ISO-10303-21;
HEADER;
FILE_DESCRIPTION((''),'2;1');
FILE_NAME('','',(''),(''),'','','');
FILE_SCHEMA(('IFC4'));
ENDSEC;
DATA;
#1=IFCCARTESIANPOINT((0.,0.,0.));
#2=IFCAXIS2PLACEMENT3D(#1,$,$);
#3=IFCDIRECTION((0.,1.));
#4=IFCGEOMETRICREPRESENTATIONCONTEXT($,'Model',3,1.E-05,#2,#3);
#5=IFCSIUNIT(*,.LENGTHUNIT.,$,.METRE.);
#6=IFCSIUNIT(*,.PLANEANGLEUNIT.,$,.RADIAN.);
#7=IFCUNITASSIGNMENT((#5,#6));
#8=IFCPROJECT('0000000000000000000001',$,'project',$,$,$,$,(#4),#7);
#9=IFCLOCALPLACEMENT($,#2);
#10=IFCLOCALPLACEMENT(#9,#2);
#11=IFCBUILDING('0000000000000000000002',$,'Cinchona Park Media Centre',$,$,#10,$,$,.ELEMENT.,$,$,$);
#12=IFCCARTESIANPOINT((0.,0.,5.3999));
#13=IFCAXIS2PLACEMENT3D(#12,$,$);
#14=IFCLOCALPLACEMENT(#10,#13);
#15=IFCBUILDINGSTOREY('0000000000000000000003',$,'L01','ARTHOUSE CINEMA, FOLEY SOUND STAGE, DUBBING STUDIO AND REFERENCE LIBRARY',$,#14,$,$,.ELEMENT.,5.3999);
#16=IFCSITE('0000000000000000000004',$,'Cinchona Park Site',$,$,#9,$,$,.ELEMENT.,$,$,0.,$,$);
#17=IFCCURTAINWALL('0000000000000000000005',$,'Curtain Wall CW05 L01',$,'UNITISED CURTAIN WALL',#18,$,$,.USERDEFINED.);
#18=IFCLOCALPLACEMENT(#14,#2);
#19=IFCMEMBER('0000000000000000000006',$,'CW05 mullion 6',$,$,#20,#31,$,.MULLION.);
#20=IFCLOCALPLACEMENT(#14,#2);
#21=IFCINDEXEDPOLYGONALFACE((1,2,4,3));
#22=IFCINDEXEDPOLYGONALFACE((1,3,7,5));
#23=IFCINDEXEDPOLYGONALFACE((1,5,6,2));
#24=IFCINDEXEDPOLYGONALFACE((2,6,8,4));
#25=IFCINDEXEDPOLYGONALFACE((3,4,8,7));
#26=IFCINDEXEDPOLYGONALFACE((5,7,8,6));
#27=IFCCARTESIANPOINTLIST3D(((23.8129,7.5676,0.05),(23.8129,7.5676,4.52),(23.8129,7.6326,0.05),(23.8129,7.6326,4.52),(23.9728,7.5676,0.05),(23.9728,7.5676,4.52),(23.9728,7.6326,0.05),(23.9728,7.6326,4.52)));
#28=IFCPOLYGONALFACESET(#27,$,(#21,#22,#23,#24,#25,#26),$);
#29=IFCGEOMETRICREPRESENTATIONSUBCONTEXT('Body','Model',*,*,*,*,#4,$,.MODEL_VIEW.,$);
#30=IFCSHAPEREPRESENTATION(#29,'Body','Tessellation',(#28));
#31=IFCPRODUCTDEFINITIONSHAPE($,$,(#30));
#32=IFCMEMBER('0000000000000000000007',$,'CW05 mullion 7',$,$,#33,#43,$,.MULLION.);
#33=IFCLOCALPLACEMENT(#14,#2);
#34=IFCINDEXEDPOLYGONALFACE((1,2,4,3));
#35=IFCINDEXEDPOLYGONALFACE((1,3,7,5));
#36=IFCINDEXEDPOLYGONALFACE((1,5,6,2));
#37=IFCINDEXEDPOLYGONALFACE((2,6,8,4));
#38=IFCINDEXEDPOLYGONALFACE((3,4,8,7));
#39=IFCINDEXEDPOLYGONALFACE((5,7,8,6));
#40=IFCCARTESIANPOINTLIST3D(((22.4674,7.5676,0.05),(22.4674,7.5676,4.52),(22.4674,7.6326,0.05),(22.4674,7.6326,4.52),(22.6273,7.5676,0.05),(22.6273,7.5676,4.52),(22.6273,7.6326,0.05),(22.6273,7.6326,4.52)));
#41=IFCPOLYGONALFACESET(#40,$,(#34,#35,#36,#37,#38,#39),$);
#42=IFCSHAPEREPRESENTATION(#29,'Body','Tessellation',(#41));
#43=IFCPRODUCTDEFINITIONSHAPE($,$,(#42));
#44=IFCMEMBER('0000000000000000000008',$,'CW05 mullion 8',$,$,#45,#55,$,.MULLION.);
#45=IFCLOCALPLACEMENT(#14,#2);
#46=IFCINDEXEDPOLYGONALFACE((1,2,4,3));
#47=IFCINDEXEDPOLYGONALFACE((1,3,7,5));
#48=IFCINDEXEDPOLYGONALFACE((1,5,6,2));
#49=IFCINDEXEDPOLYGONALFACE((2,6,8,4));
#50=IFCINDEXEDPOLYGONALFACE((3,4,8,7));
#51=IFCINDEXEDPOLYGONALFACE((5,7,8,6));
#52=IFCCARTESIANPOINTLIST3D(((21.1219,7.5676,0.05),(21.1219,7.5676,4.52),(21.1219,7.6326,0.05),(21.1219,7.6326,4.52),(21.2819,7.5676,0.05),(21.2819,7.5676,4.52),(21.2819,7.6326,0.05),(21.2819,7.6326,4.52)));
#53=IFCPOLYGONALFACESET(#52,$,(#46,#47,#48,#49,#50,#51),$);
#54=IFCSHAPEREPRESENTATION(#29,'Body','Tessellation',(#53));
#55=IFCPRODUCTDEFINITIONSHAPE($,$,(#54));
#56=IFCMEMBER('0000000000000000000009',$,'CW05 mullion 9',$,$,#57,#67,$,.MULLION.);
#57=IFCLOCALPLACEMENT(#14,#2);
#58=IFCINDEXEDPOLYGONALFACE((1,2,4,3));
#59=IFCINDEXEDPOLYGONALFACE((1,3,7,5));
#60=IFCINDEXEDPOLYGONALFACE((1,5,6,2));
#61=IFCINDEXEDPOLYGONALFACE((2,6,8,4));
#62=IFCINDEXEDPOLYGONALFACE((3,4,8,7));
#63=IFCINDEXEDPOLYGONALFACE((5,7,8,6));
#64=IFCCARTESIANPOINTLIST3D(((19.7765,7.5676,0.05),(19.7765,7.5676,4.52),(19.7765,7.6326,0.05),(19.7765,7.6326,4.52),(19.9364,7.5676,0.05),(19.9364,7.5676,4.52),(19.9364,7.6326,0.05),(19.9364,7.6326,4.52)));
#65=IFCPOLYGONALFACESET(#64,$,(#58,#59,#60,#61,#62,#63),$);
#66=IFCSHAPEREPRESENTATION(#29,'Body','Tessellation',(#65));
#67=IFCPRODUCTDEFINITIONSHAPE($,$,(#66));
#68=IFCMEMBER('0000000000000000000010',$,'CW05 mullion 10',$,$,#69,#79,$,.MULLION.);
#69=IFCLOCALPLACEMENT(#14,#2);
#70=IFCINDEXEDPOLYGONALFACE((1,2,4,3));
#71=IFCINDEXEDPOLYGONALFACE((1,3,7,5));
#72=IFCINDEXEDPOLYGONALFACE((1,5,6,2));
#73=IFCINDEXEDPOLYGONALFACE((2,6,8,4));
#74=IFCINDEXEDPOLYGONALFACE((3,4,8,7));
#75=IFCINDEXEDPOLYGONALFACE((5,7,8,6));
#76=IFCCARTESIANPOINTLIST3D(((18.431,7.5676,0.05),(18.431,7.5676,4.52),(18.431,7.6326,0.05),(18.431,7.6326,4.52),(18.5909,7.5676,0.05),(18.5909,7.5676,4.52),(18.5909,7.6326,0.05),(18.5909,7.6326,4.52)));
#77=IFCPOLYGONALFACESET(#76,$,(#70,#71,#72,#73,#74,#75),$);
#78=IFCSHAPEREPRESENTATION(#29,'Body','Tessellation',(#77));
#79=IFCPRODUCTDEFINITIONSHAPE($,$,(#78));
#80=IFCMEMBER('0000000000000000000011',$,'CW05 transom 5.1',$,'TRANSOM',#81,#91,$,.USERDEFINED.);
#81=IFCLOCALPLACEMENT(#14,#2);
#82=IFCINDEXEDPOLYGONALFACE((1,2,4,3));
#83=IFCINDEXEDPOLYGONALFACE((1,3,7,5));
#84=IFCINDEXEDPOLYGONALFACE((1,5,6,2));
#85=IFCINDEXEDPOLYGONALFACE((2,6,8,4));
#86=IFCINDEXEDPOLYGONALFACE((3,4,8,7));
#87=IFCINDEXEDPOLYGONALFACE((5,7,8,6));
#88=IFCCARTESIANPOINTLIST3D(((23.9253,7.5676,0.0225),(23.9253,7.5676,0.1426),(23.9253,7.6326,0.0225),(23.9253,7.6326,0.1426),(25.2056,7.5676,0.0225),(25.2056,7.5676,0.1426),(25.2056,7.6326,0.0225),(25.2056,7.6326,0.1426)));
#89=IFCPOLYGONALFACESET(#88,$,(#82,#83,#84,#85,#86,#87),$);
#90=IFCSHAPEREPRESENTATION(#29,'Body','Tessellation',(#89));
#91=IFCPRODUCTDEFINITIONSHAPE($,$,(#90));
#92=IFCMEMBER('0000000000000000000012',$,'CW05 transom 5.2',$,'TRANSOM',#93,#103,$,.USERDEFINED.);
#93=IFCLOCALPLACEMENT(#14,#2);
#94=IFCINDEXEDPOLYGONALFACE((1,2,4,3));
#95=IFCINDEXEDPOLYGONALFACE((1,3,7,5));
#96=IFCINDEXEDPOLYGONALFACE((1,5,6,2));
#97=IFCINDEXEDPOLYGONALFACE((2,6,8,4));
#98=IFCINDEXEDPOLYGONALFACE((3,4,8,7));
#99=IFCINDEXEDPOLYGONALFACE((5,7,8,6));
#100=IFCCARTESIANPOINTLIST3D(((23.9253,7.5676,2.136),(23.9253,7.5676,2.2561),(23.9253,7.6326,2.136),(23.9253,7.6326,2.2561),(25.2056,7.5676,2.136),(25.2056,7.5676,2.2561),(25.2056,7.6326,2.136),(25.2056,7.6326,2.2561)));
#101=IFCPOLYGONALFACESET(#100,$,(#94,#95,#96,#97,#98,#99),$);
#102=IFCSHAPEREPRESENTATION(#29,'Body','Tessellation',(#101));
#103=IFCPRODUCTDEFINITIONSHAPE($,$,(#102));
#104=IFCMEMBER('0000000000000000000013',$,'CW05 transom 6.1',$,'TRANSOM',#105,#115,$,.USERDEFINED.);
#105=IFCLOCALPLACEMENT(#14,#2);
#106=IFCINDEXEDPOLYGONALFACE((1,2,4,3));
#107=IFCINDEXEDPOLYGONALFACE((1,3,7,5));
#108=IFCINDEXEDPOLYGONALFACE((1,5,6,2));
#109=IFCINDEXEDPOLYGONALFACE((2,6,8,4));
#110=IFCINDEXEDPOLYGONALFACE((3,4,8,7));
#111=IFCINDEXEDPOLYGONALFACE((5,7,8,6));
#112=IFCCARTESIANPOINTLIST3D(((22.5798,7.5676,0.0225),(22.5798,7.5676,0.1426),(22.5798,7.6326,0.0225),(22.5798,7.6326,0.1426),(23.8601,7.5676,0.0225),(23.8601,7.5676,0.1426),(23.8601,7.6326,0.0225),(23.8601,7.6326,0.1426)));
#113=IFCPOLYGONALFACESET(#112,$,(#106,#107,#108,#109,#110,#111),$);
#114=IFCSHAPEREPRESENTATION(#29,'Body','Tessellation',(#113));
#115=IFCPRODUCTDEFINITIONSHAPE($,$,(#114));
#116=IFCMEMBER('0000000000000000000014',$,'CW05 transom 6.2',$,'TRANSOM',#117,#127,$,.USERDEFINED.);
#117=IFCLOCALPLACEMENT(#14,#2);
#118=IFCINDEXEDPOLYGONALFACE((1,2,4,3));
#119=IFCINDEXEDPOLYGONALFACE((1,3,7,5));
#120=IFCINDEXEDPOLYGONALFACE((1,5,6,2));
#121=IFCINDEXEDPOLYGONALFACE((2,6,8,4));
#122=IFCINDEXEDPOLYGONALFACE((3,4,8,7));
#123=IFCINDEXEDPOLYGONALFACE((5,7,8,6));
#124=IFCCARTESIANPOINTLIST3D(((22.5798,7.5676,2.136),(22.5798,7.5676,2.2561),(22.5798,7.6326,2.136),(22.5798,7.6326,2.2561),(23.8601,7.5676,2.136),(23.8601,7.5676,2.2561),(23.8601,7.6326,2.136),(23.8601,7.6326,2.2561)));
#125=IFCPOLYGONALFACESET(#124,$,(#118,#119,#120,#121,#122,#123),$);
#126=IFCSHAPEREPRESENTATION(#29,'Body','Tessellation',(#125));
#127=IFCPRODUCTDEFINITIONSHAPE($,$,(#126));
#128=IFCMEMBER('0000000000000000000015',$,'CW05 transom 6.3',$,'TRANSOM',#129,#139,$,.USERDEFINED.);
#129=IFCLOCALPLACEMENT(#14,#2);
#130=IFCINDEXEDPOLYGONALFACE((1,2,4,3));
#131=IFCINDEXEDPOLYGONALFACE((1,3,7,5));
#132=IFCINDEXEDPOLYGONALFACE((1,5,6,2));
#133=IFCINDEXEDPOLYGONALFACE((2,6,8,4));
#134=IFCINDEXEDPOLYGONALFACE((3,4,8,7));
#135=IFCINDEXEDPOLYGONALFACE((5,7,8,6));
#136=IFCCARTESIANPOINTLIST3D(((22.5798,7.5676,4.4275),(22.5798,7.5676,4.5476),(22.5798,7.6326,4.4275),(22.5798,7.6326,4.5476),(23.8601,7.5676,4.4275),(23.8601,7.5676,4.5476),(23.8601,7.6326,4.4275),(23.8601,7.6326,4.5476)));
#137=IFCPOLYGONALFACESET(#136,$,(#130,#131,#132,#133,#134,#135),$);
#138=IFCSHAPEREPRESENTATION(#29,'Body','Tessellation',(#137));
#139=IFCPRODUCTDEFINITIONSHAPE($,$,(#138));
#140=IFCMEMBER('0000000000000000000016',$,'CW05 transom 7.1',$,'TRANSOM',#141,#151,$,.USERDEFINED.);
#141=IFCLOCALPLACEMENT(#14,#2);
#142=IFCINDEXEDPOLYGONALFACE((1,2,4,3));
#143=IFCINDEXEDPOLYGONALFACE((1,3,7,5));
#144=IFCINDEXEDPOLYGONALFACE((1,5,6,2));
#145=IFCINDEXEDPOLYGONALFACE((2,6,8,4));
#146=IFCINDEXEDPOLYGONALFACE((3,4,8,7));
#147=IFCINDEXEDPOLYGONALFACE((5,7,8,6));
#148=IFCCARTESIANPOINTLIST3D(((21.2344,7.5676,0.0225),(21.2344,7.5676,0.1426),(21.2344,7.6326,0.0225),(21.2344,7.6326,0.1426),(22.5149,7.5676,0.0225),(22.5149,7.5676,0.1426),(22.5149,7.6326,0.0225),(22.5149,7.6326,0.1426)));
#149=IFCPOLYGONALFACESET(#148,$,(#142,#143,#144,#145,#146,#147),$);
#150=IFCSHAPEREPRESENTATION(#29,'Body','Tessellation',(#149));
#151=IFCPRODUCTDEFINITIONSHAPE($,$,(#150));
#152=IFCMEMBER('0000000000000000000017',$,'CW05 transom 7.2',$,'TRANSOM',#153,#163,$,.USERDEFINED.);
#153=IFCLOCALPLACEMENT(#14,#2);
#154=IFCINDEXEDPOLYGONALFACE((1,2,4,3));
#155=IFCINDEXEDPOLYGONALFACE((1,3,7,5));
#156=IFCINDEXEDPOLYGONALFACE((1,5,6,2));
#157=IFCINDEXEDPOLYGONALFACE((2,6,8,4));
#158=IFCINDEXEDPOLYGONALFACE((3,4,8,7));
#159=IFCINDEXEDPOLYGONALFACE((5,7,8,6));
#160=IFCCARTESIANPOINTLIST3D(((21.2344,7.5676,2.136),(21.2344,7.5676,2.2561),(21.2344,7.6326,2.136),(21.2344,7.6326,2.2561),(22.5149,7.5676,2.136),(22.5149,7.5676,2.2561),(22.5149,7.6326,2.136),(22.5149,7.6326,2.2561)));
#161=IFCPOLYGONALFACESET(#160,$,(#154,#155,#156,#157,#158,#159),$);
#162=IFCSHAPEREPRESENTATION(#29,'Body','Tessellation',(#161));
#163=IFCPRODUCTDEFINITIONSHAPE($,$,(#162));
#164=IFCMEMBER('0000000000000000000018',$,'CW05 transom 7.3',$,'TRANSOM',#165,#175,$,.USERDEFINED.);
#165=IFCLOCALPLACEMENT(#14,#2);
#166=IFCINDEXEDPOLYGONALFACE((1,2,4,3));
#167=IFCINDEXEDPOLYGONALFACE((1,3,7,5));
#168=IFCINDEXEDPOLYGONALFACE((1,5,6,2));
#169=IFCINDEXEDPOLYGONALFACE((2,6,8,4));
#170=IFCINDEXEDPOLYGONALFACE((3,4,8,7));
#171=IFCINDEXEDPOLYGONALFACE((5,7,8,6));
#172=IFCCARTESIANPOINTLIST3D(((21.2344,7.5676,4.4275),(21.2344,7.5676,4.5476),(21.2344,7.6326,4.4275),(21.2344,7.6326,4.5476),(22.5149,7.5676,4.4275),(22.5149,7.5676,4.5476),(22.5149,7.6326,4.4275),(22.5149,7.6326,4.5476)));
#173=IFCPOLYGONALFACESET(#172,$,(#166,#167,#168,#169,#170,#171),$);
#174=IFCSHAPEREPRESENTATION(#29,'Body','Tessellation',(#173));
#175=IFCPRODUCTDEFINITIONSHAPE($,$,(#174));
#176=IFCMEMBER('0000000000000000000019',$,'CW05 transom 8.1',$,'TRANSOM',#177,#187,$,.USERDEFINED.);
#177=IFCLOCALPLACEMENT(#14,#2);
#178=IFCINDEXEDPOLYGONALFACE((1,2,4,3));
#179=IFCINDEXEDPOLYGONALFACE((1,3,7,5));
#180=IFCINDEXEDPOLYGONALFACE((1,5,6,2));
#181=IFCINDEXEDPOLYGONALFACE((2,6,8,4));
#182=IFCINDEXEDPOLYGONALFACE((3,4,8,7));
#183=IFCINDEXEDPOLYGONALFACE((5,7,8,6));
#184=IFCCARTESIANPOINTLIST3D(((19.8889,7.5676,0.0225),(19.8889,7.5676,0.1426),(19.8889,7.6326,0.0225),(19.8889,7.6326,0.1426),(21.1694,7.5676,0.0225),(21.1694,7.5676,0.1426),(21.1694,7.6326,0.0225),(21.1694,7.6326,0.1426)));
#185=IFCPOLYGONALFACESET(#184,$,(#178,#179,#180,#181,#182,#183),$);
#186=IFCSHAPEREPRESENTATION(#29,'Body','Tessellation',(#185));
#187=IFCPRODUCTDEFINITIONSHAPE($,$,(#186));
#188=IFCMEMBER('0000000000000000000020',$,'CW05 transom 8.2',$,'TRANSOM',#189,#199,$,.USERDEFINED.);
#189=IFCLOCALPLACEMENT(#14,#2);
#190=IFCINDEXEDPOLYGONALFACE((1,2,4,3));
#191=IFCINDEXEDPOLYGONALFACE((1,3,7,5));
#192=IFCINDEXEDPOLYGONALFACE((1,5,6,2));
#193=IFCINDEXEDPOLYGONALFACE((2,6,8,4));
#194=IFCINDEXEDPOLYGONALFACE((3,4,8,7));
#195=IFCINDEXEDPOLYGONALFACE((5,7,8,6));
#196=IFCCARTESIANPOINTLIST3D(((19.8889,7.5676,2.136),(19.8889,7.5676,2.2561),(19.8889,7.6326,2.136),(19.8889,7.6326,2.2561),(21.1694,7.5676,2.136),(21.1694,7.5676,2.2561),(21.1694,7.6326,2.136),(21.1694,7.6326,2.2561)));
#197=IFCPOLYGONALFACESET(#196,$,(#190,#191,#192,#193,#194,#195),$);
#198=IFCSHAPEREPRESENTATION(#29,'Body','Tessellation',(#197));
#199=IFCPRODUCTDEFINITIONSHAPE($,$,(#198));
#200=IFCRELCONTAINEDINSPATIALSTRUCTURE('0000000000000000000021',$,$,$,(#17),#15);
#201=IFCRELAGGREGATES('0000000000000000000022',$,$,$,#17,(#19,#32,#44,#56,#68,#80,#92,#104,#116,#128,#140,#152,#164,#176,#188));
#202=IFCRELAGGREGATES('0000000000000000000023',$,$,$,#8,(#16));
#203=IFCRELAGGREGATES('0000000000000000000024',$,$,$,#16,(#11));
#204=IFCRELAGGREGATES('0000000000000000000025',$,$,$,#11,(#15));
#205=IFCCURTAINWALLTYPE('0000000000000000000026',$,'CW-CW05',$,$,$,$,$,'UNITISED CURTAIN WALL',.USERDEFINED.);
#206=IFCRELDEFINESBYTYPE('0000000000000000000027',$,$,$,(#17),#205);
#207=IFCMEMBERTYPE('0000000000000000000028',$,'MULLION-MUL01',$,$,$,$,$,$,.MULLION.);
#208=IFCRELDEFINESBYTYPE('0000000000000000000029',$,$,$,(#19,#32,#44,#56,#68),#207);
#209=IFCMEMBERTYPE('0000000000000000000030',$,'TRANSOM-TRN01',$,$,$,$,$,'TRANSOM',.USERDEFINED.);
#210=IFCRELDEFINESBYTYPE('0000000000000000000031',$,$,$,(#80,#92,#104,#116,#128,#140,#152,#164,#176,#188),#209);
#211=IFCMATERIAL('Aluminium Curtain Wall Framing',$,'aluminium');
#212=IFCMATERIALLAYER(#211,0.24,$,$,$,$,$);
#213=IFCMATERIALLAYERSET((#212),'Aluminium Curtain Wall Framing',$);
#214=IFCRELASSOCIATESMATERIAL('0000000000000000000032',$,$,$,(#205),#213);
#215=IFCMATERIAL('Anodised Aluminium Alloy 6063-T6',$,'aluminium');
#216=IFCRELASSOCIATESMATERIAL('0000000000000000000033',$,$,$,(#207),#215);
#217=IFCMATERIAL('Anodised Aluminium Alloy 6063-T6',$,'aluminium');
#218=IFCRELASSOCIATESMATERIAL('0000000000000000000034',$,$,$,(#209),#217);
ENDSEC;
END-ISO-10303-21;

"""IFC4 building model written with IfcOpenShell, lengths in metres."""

from ifc_helpers import new_model, si_unit, direction, frame, origin, origin_2d, place, context, subcontext, project, spatial, rectangle, extrude, material, layer, layer_set, material_profile, profile_set, type_object, element, aggregate, save


model = new_model("IFC4")

# Units and contexts
model_context = context("Model", 3, precision=1e-05, world=origin(), true_north=direction((0.0, 1.0)))
body_context = subcontext(model_context, "Body", "Model", "MODEL_VIEW")
ifc_project = project(units=[si_unit("LENGTHUNIT", "METRE"), si_unit("PLANEANGLEUNIT", "RADIAN")], contexts=[model_context])

# Site, building, storey
site_placement = place(None, origin())
site = spatial("IfcSite", under=ifc_project, at=site_placement, Name="Cinchona Park Site", CompositionType="ELEMENT", RefElevation=0.0)
building_placement = place(site_placement, origin())
building = spatial("IfcBuilding", under=site, at=building_placement, Name="Cinchona Park Media Centre", CompositionType="ELEMENT")
storey_placement = place(building_placement, frame((0.0, 0.0, 5.3999)))
storey = spatial("IfcBuildingStorey", under=building, at=storey_placement, Name="L01", Description="ARTHOUSE CINEMA, FOLEY SOUND STAGE, DUBBING STUDIO AND REFERENCE LIBRARY", CompositionType="ELEMENT", Elevation=5.3999)

# Curtain wall, members
ifc_material_1 = material(Name="Aluminium Curtain Wall Framing", Category="aluminium")
ifc_layer_1 = layer(ifc_material_1, 0.24)
ifc_layer_set_1 = layer_set([ifc_layer_1], Name="Aluminium Curtain Wall Framing")
curtain_wall_type = type_object("IfcCurtainWallType", Name="CW-CW05", ElementType="UNITISED CURTAIN WALL", PredefinedType="USERDEFINED", material=ifc_layer_set_1)
curtain_wall_placement = place(storey_placement, origin())
curtain_wall = element("IfcCurtainWall", 1, at=curtain_wall_placement, inside=storey, type_object=curtain_wall_type, Name="Curtain Wall CW05 L01", ObjectType="UNITISED CURTAIN WALL", PredefinedType="USERDEFINED")
ifc_material_2 = material(Name="Anodised Aluminium Alloy 6063-T6", Category="aluminium")
ifc_material_profile_1 = material_profile(ifc_material_2, rectangle(XDim=0.0649, YDim=0.1599, at=origin_2d()), Name="MUL-65X160")
ifc_profile_set_1 = profile_set([ifc_material_profile_1], Name="Anodised Aluminium Alloy 6063-T6")
member_type_1 = type_object("IfcMemberType", Name="MULLION-MUL01", PredefinedType="MULLION", material=ifc_profile_set_1)
member_1_placement = place(storey_placement, frame((23.8928, 7.6001, 0.05), z_axis=(0.0, 0.0, 1.0), x_axis=(0.0, -1.0, 0.0)))
member_1 = element("IfcMember", 2, at=member_1_placement, type_object=member_type_1, Name="CW05 mullion 6", PredefinedType="MULLION", context=body_context, shape_type="SweptSolid", body=[
    extrude(rectangle(XDim=0.0649, YDim=0.1599, at=origin_2d()), origin(), (0.0, 0.0, 1.0), 4.47),
])
member_2_placement = place(storey_placement, frame((22.5474, 7.6001, 0.05), z_axis=(0.0, 0.0, 1.0), x_axis=(0.0, -1.0, 0.0)))
member_2 = element("IfcMember", 3, at=member_2_placement, type_object=member_type_1, Name="CW05 mullion 7", PredefinedType="MULLION", context=body_context, shape_type="SweptSolid", body=[
    extrude(rectangle(XDim=0.0649, YDim=0.1599, at=origin_2d()), origin(), (0.0, 0.0, 1.0), 4.47),
])
member_3_placement = place(storey_placement, frame((21.2019, 7.6001, 0.05), z_axis=(0.0, 0.0, 1.0), x_axis=(0.0, -1.0, 0.0)))
member_3 = element("IfcMember", 4, at=member_3_placement, type_object=member_type_1, Name="CW05 mullion 8", PredefinedType="MULLION", context=body_context, shape_type="SweptSolid", body=[
    extrude(rectangle(XDim=0.0649, YDim=0.1599, at=origin_2d()), origin(), (0.0, 0.0, 1.0), 4.47),
])
member_4_placement = place(storey_placement, frame((19.8564, 7.6001, 0.05), z_axis=(0.0, 0.0, 1.0), x_axis=(0.0, -1.0, 0.0)))
member_4 = element("IfcMember", 5, at=member_4_placement, type_object=member_type_1, Name="CW05 mullion 9", PredefinedType="MULLION", context=body_context, shape_type="SweptSolid", body=[
    extrude(rectangle(XDim=0.0649, YDim=0.1599, at=origin_2d()), origin(), (0.0, 0.0, 1.0), 4.47),
])
member_5_placement = place(storey_placement, frame((18.511, 7.6001, 0.05), z_axis=(0.0, 0.0, 1.0), x_axis=(0.0, -1.0, 0.0)))
member_5 = element("IfcMember", 6, at=member_5_placement, type_object=member_type_1, Name="CW05 mullion 10", PredefinedType="MULLION", context=body_context, shape_type="SweptSolid", body=[
    extrude(rectangle(XDim=0.0649, YDim=0.1599, at=origin_2d()), origin(), (0.0, 0.0, 1.0), 4.47),
])
ifc_material_3 = material(Name="Anodised Aluminium Alloy 6063-T6", Category="aluminium")
ifc_material_profile_2 = material_profile(ifc_material_3, rectangle(XDim=0.0649, YDim=0.1201, at=origin_2d()), Name="TRN-65X120")
ifc_profile_set_2 = profile_set([ifc_material_profile_2], Name="Anodised Aluminium Alloy 6063-T6")
member_type_2 = type_object("IfcMemberType", Name="TRANSOM-TRN01", ElementType="TRANSOM", PredefinedType="USERDEFINED", material=ifc_profile_set_2)
member_6_placement = place(storey_placement, frame((25.2056, 7.6001, 0.0825), z_axis=(-1.0, 0.0, 0.0), x_axis=(0.0, -1.0, 0.0)))
member_6 = element("IfcMember", 7, at=member_6_placement, type_object=member_type_2, Name="CW05 transom 5.1", ObjectType="TRANSOM", PredefinedType="USERDEFINED", context=body_context, shape_type="SweptSolid", body=[
    extrude(rectangle(XDim=0.0649, YDim=0.1201, at=origin_2d()), origin(), (0.0, 0.0, 1.0), 1.2803),
])
member_7_placement = place(storey_placement, frame((25.2056, 7.6001, 2.196), z_axis=(-1.0, 0.0, 0.0), x_axis=(0.0, -1.0, 0.0)))
member_7 = element("IfcMember", 8, at=member_7_placement, type_object=member_type_2, Name="CW05 transom 5.2", ObjectType="TRANSOM", PredefinedType="USERDEFINED", context=body_context, shape_type="SweptSolid", body=[
    extrude(rectangle(XDim=0.0649, YDim=0.1201, at=origin_2d()), origin(), (0.0, 0.0, 1.0), 1.2803),
])
member_8_placement = place(storey_placement, frame((23.8601, 7.6001, 0.0825), z_axis=(-1.0, 0.0, 0.0), x_axis=(0.0, -1.0, 0.0)))
member_8 = element("IfcMember", 9, at=member_8_placement, type_object=member_type_2, Name="CW05 transom 6.1", ObjectType="TRANSOM", PredefinedType="USERDEFINED", context=body_context, shape_type="SweptSolid", body=[
    extrude(rectangle(XDim=0.0649, YDim=0.1201, at=origin_2d()), origin(), (0.0, 0.0, 1.0), 1.2803),
])
member_9_placement = place(storey_placement, frame((23.8601, 7.6001, 2.196), z_axis=(-1.0, 0.0, 0.0), x_axis=(0.0, -1.0, 0.0)))
member_9 = element("IfcMember", 10, at=member_9_placement, type_object=member_type_2, Name="CW05 transom 6.2", ObjectType="TRANSOM", PredefinedType="USERDEFINED", context=body_context, shape_type="SweptSolid", body=[
    extrude(rectangle(XDim=0.0649, YDim=0.1201, at=origin_2d()), origin(), (0.0, 0.0, 1.0), 1.2803),
])
member_10_placement = place(storey_placement, frame((23.8601, 7.6001, 4.4875), z_axis=(-1.0, 0.0, 0.0), x_axis=(0.0, -1.0, 0.0)))
member_10 = element("IfcMember", 11, at=member_10_placement, type_object=member_type_2, Name="CW05 transom 6.3", ObjectType="TRANSOM", PredefinedType="USERDEFINED", context=body_context, shape_type="SweptSolid", body=[
    extrude(rectangle(XDim=0.0649, YDim=0.1201, at=origin_2d()), origin(), (0.0, 0.0, 1.0), 1.2803),
])
member_11_placement = place(storey_placement, frame((22.5149, 7.6001, 0.0825), z_axis=(-1.0, 0.0, 0.0), x_axis=(0.0, -1.0, 0.0)))
member_11 = element("IfcMember", 12, at=member_11_placement, type_object=member_type_2, Name="CW05 transom 7.1", ObjectType="TRANSOM", PredefinedType="USERDEFINED", context=body_context, shape_type="SweptSolid", body=[
    extrude(rectangle(XDim=0.0649, YDim=0.1201, at=origin_2d()), origin(), (0.0, 0.0, 1.0), 1.2805),
])
member_12_placement = place(storey_placement, frame((22.5149, 7.6001, 2.196), z_axis=(-1.0, 0.0, 0.0), x_axis=(0.0, -1.0, 0.0)))
member_12 = element("IfcMember", 13, at=member_12_placement, type_object=member_type_2, Name="CW05 transom 7.2", ObjectType="TRANSOM", PredefinedType="USERDEFINED", context=body_context, shape_type="SweptSolid", body=[
    extrude(rectangle(XDim=0.0649, YDim=0.1201, at=origin_2d()), origin(), (0.0, 0.0, 1.0), 1.2805),
])
member_13_placement = place(storey_placement, frame((22.5149, 7.6001, 4.4875), z_axis=(-1.0, 0.0, 0.0), x_axis=(0.0, -1.0, 0.0)))
member_13 = element("IfcMember", 14, at=member_13_placement, type_object=member_type_2, Name="CW05 transom 7.3", ObjectType="TRANSOM", PredefinedType="USERDEFINED", context=body_context, shape_type="SweptSolid", body=[
    extrude(rectangle(XDim=0.0649, YDim=0.1201, at=origin_2d()), origin(), (0.0, 0.0, 1.0), 1.2805),
])
member_14_placement = place(storey_placement, frame((21.1694, 7.6001, 0.0825), z_axis=(-1.0, 0.0, 0.0), x_axis=(0.0, -1.0, 0.0)))
member_14 = element("IfcMember", 15, at=member_14_placement, type_object=member_type_2, Name="CW05 transom 8.1", ObjectType="TRANSOM", PredefinedType="USERDEFINED", context=body_context, shape_type="SweptSolid", body=[
    extrude(rectangle(XDim=0.0649, YDim=0.1201, at=origin_2d()), origin(), (0.0, 0.0, 1.0), 1.2805),
])
member_15_placement = place(storey_placement, frame((21.1694, 7.6001, 2.196), z_axis=(-1.0, 0.0, 0.0), x_axis=(0.0, -1.0, 0.0)))
member_15 = element("IfcMember", 16, at=member_15_placement, type_object=member_type_2, Name="CW05 transom 8.2", ObjectType="TRANSOM", PredefinedType="USERDEFINED", context=body_context, shape_type="SweptSolid", body=[
    extrude(rectangle(XDim=0.0649, YDim=0.1201, at=origin_2d()), origin(), (0.0, 0.0, 1.0), 1.2805),
])
aggregate(curtain_wall, [member_1, member_2, member_3, member_4, member_5, member_6, member_7, member_8, member_9, member_10, member_11, member_12, member_13, member_14, member_15])

save(model, "model.ifc")
